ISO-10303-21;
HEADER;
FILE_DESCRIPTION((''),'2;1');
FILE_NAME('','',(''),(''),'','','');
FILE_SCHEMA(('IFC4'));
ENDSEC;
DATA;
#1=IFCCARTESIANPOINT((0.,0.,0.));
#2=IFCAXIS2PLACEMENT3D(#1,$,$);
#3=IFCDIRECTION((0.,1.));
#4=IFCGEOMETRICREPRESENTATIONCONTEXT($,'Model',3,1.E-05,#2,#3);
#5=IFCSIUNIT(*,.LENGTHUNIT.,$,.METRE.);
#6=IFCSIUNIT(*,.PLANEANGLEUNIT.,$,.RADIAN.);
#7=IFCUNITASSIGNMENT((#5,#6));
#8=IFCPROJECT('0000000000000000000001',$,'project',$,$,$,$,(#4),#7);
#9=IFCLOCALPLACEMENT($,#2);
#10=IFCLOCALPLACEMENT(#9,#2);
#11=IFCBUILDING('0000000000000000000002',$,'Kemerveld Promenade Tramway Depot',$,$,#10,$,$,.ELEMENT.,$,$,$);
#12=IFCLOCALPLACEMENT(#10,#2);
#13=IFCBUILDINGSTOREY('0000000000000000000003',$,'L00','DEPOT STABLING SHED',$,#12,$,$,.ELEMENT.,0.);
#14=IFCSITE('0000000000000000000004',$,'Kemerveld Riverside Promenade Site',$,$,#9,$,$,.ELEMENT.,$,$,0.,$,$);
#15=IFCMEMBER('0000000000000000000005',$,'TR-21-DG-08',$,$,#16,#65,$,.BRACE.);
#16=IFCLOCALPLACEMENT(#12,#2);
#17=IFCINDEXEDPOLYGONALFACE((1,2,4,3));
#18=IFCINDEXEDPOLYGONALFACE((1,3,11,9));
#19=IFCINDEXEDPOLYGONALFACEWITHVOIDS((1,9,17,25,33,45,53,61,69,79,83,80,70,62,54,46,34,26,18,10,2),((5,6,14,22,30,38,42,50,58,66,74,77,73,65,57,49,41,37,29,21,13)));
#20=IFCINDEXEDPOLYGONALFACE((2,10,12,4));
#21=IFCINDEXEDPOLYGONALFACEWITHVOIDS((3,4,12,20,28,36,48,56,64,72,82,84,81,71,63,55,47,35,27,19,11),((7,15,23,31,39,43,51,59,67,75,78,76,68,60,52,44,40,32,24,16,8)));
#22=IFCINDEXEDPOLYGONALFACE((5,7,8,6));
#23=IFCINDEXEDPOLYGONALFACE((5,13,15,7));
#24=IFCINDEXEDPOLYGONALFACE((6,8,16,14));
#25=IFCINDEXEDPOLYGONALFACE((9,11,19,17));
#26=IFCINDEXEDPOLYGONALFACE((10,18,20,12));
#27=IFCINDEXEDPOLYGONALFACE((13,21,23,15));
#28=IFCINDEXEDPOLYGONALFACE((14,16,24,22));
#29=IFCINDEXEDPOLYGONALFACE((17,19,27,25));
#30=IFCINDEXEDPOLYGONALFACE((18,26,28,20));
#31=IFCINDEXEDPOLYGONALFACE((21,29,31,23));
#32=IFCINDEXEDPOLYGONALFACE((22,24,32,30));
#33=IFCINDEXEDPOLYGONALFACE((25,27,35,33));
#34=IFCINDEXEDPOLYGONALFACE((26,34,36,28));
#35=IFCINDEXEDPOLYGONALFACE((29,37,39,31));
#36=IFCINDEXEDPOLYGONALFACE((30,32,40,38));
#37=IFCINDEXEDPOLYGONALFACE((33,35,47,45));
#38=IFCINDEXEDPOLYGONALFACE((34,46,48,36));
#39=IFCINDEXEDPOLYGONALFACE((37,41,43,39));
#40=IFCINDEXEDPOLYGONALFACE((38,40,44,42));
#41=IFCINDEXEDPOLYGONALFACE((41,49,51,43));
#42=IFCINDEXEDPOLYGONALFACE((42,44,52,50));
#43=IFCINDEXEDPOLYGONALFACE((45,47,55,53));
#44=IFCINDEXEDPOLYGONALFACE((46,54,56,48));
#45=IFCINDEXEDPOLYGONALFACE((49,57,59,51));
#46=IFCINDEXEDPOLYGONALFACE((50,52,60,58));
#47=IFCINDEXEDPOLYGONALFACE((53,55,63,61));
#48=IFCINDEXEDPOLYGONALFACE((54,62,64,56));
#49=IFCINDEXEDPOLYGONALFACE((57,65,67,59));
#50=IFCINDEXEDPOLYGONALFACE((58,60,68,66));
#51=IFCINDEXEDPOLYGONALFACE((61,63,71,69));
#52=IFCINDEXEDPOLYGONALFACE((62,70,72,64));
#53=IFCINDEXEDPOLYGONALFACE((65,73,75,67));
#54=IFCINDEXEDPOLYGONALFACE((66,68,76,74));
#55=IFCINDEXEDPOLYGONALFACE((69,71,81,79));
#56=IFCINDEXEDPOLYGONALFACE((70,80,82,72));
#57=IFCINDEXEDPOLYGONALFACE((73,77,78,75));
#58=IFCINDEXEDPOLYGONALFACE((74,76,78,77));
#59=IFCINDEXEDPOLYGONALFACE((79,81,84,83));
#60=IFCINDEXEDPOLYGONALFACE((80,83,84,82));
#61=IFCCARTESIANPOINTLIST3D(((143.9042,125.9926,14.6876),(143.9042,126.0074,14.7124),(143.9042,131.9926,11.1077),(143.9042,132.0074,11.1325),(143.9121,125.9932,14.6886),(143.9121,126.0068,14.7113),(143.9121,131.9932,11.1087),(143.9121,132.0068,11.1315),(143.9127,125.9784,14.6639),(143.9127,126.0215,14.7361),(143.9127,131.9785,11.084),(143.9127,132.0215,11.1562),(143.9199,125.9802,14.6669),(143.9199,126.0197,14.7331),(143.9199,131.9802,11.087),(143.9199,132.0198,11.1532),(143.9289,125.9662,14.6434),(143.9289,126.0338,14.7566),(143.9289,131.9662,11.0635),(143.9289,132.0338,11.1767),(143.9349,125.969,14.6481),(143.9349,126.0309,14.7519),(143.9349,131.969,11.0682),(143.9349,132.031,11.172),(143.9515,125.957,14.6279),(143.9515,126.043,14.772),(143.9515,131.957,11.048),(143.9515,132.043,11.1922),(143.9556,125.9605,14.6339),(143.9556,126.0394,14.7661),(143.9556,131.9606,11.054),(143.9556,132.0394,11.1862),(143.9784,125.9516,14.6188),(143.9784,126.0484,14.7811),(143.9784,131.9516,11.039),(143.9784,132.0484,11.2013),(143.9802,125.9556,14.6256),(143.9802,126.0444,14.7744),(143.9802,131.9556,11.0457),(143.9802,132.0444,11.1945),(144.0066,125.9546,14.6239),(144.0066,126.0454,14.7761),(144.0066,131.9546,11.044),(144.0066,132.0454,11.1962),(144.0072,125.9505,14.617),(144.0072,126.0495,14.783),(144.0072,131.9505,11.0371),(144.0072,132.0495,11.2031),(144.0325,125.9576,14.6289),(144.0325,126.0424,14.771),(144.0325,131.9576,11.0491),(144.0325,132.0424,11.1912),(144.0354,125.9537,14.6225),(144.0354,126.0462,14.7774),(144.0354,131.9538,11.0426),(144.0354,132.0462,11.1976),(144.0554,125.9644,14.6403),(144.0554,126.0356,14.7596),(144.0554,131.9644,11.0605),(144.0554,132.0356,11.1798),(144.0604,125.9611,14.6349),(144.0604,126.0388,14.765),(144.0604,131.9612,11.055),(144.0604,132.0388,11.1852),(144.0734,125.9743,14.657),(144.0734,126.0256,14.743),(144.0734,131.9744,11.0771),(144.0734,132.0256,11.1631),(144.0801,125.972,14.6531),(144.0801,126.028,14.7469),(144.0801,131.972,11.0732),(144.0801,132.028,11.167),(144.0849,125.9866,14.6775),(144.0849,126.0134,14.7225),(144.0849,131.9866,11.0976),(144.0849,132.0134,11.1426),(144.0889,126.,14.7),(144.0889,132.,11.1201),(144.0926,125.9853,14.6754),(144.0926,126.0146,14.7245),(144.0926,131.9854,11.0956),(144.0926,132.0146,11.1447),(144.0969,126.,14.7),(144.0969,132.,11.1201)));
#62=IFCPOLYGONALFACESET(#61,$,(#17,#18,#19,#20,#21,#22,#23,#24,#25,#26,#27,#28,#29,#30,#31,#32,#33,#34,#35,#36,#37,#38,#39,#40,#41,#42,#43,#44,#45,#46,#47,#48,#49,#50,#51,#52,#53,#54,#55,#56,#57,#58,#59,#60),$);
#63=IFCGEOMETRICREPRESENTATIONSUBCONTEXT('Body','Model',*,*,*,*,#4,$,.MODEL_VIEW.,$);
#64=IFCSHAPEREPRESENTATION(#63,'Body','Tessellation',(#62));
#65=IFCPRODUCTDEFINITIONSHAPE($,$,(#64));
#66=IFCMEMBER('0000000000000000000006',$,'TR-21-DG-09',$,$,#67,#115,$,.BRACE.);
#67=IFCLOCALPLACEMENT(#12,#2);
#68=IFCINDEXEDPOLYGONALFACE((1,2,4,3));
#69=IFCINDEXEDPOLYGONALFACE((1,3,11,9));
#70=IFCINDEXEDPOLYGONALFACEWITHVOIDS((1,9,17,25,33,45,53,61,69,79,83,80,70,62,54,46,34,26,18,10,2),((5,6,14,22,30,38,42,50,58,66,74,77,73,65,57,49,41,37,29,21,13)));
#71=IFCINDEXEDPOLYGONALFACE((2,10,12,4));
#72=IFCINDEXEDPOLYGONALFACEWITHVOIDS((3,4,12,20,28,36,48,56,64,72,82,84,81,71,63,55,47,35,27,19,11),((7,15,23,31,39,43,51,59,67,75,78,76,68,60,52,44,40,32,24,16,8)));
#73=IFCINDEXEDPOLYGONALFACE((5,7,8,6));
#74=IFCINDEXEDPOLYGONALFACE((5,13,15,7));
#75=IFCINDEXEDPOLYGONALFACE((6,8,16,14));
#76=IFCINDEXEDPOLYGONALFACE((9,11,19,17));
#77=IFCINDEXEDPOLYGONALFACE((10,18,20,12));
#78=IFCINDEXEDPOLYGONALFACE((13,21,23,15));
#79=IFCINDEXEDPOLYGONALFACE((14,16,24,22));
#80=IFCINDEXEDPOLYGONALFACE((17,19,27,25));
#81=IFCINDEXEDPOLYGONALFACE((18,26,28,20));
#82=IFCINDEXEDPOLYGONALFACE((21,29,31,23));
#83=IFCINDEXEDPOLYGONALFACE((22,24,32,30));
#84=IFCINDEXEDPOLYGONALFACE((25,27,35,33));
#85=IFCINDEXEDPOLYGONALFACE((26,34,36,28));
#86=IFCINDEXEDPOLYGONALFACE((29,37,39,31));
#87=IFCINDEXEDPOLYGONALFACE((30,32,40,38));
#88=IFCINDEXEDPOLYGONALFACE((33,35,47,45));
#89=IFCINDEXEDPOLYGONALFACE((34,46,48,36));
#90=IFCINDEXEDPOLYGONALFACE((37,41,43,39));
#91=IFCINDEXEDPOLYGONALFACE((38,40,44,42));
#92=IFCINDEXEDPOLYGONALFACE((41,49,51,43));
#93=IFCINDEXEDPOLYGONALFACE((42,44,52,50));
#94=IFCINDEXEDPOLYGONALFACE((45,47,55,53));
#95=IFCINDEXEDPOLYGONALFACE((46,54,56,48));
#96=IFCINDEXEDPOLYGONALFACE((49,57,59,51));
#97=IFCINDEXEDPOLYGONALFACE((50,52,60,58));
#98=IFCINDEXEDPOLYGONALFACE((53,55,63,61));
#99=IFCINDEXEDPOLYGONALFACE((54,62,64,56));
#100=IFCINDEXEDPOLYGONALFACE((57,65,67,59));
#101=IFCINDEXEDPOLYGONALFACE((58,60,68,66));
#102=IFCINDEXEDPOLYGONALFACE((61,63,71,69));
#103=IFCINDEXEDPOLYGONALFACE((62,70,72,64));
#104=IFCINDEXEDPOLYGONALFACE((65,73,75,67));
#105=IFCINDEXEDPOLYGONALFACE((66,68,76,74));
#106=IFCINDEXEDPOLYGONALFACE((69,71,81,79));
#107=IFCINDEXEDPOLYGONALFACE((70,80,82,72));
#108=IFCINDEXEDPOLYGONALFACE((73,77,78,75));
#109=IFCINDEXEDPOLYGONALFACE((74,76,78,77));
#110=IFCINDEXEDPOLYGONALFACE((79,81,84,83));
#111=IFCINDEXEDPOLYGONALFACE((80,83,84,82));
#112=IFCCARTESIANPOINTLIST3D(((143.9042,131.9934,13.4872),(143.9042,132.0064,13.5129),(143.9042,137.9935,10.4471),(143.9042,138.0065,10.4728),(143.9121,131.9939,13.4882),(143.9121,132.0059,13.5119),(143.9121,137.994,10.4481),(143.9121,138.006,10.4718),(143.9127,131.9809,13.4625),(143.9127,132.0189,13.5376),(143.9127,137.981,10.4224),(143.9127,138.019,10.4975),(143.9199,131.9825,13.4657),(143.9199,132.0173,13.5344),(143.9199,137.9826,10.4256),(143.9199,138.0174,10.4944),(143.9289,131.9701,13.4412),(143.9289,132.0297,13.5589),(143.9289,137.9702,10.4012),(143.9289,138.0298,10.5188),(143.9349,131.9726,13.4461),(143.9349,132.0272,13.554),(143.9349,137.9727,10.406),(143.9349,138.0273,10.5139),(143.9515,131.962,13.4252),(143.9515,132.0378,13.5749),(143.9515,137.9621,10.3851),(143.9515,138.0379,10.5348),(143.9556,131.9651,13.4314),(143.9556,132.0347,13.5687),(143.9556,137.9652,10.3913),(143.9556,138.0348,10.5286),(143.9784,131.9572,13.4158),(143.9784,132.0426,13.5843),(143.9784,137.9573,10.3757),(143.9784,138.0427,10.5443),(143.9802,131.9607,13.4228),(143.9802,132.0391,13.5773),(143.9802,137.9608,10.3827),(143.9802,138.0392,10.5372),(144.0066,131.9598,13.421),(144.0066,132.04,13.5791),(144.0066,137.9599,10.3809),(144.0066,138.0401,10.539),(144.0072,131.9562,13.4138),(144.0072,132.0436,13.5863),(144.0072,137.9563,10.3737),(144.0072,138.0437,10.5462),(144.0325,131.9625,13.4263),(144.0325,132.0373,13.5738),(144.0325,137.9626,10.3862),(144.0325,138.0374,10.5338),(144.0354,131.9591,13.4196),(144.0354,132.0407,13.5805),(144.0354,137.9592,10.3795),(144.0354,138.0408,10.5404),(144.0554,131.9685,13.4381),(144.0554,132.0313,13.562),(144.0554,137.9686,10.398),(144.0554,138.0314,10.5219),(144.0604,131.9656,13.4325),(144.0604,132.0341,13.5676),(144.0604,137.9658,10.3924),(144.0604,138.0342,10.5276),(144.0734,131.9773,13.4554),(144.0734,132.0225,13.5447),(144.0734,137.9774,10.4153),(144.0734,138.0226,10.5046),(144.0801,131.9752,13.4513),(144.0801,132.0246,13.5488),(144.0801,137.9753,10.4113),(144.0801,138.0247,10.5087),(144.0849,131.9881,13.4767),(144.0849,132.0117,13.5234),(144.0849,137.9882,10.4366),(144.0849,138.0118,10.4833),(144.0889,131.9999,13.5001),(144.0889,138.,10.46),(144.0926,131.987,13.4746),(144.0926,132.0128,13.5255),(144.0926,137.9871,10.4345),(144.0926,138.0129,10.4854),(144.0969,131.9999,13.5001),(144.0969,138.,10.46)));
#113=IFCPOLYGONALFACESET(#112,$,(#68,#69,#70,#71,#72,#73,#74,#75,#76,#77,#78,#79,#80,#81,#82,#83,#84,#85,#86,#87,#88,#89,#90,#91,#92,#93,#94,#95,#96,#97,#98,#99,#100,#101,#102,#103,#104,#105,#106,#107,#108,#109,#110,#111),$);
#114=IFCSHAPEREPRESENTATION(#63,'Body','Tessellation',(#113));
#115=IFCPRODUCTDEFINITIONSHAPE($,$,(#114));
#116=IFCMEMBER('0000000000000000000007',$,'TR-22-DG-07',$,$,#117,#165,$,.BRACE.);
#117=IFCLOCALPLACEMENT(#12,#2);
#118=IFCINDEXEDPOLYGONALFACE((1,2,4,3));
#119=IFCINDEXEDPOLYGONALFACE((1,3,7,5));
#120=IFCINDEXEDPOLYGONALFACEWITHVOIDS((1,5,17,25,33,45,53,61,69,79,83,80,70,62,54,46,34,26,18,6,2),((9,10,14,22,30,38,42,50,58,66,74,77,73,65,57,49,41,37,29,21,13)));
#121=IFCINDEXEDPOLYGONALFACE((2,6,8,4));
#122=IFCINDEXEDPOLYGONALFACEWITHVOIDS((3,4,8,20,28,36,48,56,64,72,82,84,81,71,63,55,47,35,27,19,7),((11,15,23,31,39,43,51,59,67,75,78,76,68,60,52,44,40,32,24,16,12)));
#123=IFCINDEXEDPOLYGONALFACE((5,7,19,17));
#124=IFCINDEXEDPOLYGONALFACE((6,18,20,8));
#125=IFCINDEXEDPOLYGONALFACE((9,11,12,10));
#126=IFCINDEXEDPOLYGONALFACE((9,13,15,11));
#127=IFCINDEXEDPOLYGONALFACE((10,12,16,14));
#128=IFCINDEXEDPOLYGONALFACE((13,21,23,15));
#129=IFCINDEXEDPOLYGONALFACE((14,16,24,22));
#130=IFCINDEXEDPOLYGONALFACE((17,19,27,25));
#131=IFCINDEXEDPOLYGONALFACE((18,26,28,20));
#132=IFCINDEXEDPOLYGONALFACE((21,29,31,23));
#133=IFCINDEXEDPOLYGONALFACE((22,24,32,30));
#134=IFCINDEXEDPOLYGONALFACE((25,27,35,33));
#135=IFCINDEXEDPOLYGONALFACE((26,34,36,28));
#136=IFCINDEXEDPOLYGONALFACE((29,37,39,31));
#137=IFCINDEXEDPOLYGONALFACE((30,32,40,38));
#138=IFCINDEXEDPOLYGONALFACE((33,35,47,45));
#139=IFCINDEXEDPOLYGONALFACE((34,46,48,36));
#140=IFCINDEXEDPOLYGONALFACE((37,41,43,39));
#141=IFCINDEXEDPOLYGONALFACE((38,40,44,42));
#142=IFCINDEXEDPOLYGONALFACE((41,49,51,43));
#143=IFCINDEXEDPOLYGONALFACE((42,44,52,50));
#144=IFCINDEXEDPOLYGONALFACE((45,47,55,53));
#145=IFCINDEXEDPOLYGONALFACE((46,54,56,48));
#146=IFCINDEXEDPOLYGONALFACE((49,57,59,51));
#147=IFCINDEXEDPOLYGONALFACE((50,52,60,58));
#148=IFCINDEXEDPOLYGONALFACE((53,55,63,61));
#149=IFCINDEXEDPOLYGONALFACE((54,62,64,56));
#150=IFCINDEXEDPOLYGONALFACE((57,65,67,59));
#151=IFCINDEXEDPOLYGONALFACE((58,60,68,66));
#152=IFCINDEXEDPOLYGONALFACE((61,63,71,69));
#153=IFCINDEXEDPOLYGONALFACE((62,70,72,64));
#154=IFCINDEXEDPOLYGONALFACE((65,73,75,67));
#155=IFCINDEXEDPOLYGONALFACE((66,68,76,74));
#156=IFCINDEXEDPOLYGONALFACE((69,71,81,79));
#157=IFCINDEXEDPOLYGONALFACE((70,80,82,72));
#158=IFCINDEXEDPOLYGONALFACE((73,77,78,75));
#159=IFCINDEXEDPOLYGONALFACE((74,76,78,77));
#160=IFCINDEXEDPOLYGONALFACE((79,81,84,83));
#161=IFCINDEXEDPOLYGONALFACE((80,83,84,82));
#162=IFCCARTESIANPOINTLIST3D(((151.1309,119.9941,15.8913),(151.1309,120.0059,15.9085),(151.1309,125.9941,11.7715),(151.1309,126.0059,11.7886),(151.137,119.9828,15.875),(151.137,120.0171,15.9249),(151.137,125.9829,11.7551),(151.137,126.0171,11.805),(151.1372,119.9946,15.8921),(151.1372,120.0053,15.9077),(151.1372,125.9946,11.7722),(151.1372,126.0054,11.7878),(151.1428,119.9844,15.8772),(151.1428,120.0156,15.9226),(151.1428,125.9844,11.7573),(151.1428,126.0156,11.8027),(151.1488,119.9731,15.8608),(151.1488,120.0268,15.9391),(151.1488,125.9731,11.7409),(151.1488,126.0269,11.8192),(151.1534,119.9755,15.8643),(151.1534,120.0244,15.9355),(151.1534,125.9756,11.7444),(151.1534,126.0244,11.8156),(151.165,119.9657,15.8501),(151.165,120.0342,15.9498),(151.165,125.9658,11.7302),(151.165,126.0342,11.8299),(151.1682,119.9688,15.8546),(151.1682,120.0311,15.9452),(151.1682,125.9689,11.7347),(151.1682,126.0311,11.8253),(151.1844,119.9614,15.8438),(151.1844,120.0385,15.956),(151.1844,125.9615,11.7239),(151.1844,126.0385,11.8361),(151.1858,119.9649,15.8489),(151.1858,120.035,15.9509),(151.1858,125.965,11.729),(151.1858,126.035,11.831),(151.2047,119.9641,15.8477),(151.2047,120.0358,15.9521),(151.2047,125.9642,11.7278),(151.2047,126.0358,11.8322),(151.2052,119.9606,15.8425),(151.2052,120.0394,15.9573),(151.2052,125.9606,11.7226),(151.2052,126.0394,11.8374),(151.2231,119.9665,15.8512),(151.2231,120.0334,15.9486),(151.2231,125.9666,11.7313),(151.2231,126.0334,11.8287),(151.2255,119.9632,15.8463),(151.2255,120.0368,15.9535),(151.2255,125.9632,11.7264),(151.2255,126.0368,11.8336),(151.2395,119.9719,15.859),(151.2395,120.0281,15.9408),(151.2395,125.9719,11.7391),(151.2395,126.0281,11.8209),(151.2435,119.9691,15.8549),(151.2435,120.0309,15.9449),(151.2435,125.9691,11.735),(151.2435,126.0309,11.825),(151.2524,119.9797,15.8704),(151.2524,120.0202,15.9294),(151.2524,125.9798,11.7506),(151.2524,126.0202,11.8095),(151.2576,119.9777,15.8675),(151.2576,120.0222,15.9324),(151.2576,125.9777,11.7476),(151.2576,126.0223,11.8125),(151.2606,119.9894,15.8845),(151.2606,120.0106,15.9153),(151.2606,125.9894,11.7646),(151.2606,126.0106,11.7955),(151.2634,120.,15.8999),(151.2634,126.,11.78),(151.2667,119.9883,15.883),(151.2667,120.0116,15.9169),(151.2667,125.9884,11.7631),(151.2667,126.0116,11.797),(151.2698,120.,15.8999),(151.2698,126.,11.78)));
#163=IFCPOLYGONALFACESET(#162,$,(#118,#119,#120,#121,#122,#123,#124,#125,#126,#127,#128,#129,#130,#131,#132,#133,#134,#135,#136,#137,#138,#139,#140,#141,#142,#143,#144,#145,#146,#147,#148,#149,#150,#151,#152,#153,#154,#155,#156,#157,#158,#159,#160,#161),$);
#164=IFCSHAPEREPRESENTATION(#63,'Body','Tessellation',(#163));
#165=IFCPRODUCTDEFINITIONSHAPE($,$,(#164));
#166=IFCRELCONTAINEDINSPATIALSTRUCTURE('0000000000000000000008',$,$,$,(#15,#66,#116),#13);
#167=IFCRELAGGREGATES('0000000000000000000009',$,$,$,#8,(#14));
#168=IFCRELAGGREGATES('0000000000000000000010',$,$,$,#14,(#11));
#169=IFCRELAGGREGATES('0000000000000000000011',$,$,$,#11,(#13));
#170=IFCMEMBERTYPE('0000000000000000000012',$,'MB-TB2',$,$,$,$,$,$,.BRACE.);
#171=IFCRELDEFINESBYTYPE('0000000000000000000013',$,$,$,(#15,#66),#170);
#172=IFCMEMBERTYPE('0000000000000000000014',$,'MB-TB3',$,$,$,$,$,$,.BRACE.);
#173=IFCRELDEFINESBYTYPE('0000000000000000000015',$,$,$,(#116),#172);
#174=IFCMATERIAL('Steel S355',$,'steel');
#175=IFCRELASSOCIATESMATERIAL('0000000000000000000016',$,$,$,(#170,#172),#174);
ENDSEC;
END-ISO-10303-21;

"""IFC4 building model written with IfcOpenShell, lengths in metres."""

from ifc_helpers import new_model, si_unit, direction, frame, origin, origin_2d, place, context, subcontext, project, spatial, hollow_circle, extrude, material, material_profile, profile_set, type_object, element, save


model = new_model("IFC4")

# Units and contexts
model_context = context("Model", 3, precision=1e-05, world=origin(), true_north=direction((0.0, 1.0)))
body_context = subcontext(model_context, "Body", "Model", "MODEL_VIEW")
ifc_project = project(units=[si_unit("LENGTHUNIT", "METRE"), si_unit("PLANEANGLEUNIT", "RADIAN")], contexts=[model_context])

# Site, building, storey
site_placement = place(None, origin())
site = spatial("IfcSite", under=ifc_project, at=site_placement, Name="Kemerveld Riverside Promenade Site", CompositionType="ELEMENT", RefElevation=0.0)
building_placement = place(site_placement, origin())
building = spatial("IfcBuilding", under=site, at=building_placement, Name="Kemerveld Promenade Tramway Depot", CompositionType="ELEMENT")
storey_placement = place(building_placement, origin())
storey = spatial("IfcBuildingStorey", under=building, at=storey_placement, Name="L00", Description="DEPOT STABLING SHED", CompositionType="ELEMENT", Elevation=0.0)

# Members
ifc_material = material(Name="Steel S355", Category="steel")
ifc_material_profile_1 = material_profile(ifc_material, hollow_circle(Radius=0.0969, WallThickness=0.0081, at=origin_2d()), Name="193.7x8.0 CHS")
ifc_profile_set_1 = profile_set([ifc_material_profile_1], Name="Steel S355")
member_type_1 = type_object("IfcMemberType", Name="MB-TB2", PredefinedType="BRACE", material=ifc_profile_set_1)
member_1_placement = place(storey_placement, frame((144.0, 132.0, 11.1201), z_axis=(0.0, -0.858764, 0.512372), x_axis=(1.0, 0.0, 0.0)))
element("IfcMember", 1, at=member_1_placement, inside=storey, type_object=member_type_1, Name="TR-21-DG-08", PredefinedType="BRACE", context=body_context, shape_type="SweptSolid", body=[
    extrude(hollow_circle(Radius=0.0969, WallThickness=0.0081, at=origin_2d()), origin(), (0.0, 0.0, 1.0), 6.9868),
])
member_2_placement = place(storey_placement, frame((144.0, 138.0, 10.46), z_axis=(0.0, -0.892033, 0.451969), x_axis=(1.0, 0.0, 0.0)))
element("IfcMember", 2, at=member_2_placement, inside=storey, type_object=member_type_1, Name="TR-21-DG-09", PredefinedType="BRACE", context=body_context, shape_type="SweptSolid", body=[
    extrude(hollow_circle(Radius=0.0969, WallThickness=0.0081, at=origin_2d()), origin(), (0.0, 0.0, 1.0), 6.7263),
])
ifc_material_profile_2 = material_profile(ifc_material, hollow_circle(Radius=0.0698, WallThickness=0.0063, at=origin_2d()), Name="139.7x6.3 CHS")
ifc_profile_set_2 = profile_set([ifc_material_profile_2], Name="Steel S355")
member_type_2 = type_object("IfcMemberType", Name="MB-TB3", PredefinedType="BRACE", material=ifc_profile_set_2)
member_3_placement = place(storey_placement, frame((151.2, 126.0, 11.78), z_axis=(0.0, -0.824371, 0.56605), x_axis=(1.0, 0.0, 0.0)))
element("IfcMember", 3, at=member_3_placement, inside=storey, type_object=member_type_2, Name="TR-22-DG-07", PredefinedType="BRACE", context=body_context, shape_type="SweptSolid", body=[
    extrude(hollow_circle(Radius=0.0698, WallThickness=0.0063, at=origin_2d()), origin(), (0.0, 0.0, 1.0), 7.2783),
])

save(model, "model.ifc")
